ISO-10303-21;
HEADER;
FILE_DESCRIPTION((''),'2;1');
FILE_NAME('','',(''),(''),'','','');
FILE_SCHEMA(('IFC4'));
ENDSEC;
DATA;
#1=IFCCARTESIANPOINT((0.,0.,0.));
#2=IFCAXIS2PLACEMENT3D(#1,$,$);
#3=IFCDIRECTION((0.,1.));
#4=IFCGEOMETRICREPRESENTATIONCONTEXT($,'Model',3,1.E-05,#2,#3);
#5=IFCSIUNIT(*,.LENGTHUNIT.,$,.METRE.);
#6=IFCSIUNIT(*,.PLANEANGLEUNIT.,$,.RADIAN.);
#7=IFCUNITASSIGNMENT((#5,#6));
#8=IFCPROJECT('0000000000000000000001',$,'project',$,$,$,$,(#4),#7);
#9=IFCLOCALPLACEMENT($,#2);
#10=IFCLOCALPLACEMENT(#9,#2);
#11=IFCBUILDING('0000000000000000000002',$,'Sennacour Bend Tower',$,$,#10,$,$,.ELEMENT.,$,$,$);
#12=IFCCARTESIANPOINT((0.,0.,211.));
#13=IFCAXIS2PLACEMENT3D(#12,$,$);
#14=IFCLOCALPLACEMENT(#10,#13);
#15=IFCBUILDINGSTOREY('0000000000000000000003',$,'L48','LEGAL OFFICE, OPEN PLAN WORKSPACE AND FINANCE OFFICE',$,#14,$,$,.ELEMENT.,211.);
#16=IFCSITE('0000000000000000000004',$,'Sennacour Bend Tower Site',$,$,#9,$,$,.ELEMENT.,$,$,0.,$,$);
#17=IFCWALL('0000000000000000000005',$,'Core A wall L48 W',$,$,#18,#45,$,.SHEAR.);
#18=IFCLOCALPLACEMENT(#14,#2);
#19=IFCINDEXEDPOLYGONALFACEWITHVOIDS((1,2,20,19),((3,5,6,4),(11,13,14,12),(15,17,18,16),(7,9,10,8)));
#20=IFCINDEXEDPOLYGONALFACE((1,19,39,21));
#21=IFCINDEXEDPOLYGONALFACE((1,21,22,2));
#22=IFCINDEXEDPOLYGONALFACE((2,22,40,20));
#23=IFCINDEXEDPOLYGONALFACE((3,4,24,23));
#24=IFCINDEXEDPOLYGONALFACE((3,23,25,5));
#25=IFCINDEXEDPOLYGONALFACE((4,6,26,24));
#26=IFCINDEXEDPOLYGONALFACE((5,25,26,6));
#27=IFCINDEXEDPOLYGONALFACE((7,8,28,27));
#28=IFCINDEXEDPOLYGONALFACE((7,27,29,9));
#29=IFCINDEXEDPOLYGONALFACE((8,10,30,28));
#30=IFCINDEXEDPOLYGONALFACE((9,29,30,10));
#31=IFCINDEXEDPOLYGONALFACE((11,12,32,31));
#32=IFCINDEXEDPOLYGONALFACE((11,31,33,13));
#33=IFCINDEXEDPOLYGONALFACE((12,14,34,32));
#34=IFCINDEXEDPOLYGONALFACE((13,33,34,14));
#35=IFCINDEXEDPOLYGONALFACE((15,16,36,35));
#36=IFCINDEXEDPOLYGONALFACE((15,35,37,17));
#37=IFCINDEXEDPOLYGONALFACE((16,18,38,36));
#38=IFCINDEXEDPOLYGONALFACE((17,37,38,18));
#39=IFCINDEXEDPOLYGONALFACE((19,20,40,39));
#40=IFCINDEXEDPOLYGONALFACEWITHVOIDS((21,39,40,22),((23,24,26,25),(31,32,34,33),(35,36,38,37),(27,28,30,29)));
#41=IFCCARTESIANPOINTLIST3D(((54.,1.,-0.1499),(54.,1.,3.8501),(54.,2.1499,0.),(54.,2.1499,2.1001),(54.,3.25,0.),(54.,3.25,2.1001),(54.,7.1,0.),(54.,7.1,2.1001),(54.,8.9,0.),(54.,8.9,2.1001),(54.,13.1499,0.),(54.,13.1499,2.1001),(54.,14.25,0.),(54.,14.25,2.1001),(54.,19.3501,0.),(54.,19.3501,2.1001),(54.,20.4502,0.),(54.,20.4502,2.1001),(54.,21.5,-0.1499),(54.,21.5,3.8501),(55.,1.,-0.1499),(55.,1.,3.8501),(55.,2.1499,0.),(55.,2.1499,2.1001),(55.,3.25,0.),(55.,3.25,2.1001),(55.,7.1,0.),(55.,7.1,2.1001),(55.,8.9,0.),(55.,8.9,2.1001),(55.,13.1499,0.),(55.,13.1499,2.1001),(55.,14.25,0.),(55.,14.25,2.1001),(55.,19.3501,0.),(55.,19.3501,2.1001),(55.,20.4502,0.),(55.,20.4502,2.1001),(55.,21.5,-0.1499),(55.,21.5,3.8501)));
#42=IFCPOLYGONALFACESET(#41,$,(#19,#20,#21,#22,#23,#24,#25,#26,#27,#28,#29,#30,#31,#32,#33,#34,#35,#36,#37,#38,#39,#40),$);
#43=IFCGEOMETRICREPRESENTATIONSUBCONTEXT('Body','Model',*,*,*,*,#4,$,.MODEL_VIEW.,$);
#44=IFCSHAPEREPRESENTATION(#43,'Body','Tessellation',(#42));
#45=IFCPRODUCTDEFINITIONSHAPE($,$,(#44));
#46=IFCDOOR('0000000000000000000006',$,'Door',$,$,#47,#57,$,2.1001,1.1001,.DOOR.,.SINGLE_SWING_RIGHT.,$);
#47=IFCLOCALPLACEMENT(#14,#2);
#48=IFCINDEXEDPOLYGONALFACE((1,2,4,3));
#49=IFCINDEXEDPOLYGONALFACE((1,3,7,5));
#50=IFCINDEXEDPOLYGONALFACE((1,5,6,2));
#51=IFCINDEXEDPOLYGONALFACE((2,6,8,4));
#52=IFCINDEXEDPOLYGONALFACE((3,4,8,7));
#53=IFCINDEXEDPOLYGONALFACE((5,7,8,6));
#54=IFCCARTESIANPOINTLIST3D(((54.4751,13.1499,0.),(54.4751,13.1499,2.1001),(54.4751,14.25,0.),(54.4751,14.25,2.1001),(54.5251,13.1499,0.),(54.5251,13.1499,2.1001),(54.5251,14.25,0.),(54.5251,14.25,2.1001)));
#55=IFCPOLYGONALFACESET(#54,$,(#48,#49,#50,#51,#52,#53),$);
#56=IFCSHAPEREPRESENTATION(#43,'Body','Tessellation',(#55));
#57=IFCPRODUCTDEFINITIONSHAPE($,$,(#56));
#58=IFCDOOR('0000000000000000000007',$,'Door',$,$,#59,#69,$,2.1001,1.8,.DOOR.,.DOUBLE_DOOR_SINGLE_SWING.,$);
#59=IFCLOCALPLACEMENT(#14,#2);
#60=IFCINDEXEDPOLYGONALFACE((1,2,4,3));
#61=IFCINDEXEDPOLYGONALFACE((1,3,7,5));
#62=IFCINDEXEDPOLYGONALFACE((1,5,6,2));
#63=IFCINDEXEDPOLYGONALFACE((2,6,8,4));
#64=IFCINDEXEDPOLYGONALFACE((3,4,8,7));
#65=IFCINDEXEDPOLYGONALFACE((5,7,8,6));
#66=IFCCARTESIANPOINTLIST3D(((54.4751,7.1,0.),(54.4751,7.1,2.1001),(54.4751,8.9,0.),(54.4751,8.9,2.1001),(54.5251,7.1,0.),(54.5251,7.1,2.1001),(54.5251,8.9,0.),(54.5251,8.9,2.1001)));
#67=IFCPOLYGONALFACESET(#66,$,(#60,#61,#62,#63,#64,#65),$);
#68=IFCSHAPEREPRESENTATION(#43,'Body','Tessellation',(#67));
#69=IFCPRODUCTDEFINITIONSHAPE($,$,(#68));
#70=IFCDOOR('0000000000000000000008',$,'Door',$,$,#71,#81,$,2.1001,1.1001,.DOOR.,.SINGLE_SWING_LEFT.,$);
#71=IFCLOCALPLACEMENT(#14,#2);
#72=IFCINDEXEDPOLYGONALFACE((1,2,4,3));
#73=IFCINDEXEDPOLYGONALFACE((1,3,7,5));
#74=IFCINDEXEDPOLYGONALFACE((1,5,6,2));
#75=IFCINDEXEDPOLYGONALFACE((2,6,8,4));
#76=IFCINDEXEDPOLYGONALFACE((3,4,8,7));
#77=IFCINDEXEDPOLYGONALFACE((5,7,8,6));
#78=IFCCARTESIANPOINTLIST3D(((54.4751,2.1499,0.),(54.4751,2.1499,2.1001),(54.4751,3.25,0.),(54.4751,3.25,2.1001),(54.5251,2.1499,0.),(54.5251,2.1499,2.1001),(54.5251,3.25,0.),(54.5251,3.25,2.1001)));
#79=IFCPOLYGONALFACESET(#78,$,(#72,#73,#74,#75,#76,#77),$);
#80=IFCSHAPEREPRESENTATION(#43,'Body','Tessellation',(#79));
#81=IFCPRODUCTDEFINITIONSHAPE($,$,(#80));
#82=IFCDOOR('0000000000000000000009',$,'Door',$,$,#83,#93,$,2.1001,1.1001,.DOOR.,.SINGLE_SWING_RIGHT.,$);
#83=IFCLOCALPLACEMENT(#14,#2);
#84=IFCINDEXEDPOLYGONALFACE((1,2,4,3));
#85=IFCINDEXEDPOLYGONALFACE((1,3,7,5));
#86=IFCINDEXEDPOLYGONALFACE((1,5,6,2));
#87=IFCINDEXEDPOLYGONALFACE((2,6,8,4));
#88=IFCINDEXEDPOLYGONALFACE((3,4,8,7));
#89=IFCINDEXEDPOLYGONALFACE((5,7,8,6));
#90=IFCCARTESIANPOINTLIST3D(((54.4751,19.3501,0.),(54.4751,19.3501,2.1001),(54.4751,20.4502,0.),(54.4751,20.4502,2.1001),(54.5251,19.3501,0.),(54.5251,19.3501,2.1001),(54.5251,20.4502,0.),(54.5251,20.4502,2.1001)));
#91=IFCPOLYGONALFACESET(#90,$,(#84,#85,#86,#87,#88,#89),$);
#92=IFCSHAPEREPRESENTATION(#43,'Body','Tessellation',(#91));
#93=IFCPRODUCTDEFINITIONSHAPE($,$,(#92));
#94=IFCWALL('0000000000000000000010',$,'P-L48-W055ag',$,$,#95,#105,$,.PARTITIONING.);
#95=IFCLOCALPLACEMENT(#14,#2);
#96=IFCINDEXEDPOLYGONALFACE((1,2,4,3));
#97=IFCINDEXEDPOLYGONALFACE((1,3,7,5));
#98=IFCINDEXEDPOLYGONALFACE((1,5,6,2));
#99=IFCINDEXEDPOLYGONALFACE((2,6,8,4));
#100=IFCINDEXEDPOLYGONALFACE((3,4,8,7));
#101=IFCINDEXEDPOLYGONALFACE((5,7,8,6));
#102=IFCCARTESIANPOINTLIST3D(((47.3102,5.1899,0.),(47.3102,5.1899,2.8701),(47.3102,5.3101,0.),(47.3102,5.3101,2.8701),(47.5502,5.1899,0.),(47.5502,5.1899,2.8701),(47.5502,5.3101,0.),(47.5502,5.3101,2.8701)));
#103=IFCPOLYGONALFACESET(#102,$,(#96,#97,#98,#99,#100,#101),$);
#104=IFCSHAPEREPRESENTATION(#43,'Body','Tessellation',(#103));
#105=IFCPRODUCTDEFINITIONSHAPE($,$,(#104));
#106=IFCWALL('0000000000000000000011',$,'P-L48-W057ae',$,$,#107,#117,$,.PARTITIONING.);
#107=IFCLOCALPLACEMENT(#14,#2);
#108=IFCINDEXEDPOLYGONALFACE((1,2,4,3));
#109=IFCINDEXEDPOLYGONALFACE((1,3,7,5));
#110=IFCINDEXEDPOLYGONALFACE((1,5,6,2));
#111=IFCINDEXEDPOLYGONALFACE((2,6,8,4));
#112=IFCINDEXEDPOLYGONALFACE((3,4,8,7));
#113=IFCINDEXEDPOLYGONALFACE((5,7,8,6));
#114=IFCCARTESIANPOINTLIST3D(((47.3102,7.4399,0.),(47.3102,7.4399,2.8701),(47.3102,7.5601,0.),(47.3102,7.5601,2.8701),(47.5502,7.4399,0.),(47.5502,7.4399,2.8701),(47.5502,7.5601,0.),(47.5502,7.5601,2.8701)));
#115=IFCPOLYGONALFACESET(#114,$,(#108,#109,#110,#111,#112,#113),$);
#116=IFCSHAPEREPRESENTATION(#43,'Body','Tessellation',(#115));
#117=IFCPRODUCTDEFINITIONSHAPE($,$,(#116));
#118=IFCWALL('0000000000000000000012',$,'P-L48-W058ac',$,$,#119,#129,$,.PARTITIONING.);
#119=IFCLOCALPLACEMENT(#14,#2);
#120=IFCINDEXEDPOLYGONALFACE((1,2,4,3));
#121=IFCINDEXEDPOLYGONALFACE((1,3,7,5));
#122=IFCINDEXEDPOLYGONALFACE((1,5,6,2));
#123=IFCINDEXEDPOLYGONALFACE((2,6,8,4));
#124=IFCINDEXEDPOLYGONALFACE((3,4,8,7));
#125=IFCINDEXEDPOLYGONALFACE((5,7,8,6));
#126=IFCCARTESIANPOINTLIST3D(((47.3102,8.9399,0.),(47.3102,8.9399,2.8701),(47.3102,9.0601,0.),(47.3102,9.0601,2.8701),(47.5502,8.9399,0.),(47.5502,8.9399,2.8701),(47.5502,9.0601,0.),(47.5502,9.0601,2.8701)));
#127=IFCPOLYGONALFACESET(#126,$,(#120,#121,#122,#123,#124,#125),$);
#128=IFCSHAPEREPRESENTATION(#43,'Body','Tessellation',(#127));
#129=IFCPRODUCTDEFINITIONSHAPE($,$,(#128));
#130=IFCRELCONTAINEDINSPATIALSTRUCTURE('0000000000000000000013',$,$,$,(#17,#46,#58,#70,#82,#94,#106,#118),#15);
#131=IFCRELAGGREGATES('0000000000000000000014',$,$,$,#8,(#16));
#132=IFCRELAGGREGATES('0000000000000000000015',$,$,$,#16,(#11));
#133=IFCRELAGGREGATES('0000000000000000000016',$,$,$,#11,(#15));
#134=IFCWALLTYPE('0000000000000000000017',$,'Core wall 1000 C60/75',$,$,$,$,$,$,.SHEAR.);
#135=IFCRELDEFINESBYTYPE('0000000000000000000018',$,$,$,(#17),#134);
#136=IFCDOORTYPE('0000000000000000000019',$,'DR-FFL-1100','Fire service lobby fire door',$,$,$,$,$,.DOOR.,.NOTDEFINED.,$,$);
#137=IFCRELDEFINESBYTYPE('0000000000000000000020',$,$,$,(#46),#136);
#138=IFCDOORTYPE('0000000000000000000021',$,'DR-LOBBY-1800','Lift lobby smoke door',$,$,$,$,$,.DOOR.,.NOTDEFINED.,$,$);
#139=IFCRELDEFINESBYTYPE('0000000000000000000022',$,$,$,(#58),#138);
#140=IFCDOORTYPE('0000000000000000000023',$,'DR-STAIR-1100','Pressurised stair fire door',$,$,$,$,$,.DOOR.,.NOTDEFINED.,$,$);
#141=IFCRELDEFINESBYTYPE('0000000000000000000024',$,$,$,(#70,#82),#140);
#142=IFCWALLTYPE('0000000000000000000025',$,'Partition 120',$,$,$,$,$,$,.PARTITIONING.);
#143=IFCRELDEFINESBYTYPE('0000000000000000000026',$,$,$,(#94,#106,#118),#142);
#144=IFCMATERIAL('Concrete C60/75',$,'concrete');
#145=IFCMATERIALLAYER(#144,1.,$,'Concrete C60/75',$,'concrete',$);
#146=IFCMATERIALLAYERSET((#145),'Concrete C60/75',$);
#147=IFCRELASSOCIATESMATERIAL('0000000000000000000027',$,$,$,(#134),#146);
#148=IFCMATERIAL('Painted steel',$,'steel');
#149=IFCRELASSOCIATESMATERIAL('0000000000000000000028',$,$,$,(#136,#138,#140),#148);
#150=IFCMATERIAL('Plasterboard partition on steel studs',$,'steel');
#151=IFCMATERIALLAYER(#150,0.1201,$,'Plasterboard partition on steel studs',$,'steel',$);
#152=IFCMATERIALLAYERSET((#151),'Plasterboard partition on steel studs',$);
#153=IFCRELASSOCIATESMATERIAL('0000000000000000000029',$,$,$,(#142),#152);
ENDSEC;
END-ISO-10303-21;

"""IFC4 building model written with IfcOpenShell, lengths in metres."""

from ifc_helpers import new_model, si_unit, direction, frame, frame_2d, origin, place, context, subcontext, project, spatial, rectangle, extrude, material, layer, layer_set, type_object, element, fill, save


model = new_model("IFC4")

# Units and contexts
model_context = context("Model", 3, precision=1e-05, world=origin(), true_north=direction((0.0, 1.0)))
body_context = subcontext(model_context, "Body", "Model", "MODEL_VIEW")
ifc_project = project(units=[si_unit("LENGTHUNIT", "METRE"), si_unit("PLANEANGLEUNIT", "RADIAN")], contexts=[model_context])

# Site, building, storey
site_placement = place(None, origin())
site = spatial("IfcSite", under=ifc_project, at=site_placement, Name="Sennacour Bend Tower Site", CompositionType="ELEMENT", RefElevation=0.0)
building_placement = place(site_placement, origin())
building = spatial("IfcBuilding", under=site, at=building_placement, Name="Sennacour Bend Tower", CompositionType="ELEMENT")
storey_placement = place(building_placement, frame((0.0, 0.0, 211.0)))
storey = spatial("IfcBuildingStorey", under=building, at=storey_placement, Name="L48", Description="LEGAL OFFICE, OPEN PLAN WORKSPACE AND FINANCE OFFICE", CompositionType="ELEMENT", Elevation=211.0)

# Wall, openings, doors
ifc_material_1 = material(Name="Concrete C60/75", Category="concrete")
ifc_layer_1 = layer(ifc_material_1, 1.0, Name="Concrete C60/75", Category="concrete")
ifc_layer_set_1 = layer_set([ifc_layer_1], Name="Concrete C60/75")
wall_type_1 = type_object("IfcWallType", Name="Core wall 1000 C60/75", PredefinedType="SHEAR", material=ifc_layer_set_1)
wall_1_placement = place(storey_placement, frame((54.5, 1.0, -0.1499), z_axis=(0.0, 0.0, 1.0), x_axis=(0.0, 1.0, 0.0)))
wall_1 = element("IfcWall", 1, at=wall_1_placement, inside=storey, type_object=wall_type_1, Name="Core A wall L48 W", PredefinedType="SHEAR", context=body_context, shape_type="SweptSolid", body=[
    extrude(rectangle(XDim=20.5, YDim=1.0, at=frame_2d((10.25, 0.0))), origin(), (0.0, 0.0, 1.0), 4.0),
])
opening_1_placement = place(wall_1_placement, frame((6.1001, 0.0, 0.1499)))
opening_1 = element("IfcOpeningElement", 2, at=opening_1_placement, cuts=wall_1, PredefinedType="OPENING", context=body_context, shape_type="SweptSolid", body=[
    extrude(rectangle(XDim=1.8, YDim=2.1001, at=frame_2d((0.8999, 1.05))), frame((0.0, 0.51, 0.0), z_axis=(0.0, -1.0, 0.0), x_axis=(1.0, 0.0, 0.0)), (0.0, 0.0, 1.0), 1.02),
])
opening_2_placement = place(wall_1_placement, frame((12.1499, 0.0, 0.1499)))
opening_2 = element("IfcOpeningElement", 3, at=opening_2_placement, cuts=wall_1, PredefinedType="OPENING", context=body_context, shape_type="SweptSolid", body=[
    extrude(rectangle(XDim=1.1001, YDim=2.1001, at=frame_2d((0.55, 1.05))), frame((0.0, 0.51, 0.0), z_axis=(0.0, -1.0, 0.0), x_axis=(1.0, 0.0, 0.0)), (0.0, 0.0, 1.0), 1.02),
])
opening_3_placement = place(wall_1_placement, frame((1.1499, 0.0, 0.1499)))
opening_3 = element("IfcOpeningElement", 4, at=opening_3_placement, cuts=wall_1, PredefinedType="OPENING", context=body_context, shape_type="SweptSolid", body=[
    extrude(rectangle(XDim=1.1001, YDim=2.1001, at=frame_2d((0.55, 1.05))), frame((0.0, 0.51, 0.0), z_axis=(0.0, -1.0, 0.0), x_axis=(1.0, 0.0, 0.0)), (0.0, 0.0, 1.0), 1.02),
])
opening_4_placement = place(wall_1_placement, frame((18.3501, 0.0, 0.1499)))
opening_4 = element("IfcOpeningElement", 5, at=opening_4_placement, cuts=wall_1, PredefinedType="OPENING", context=body_context, shape_type="SweptSolid", body=[
    extrude(rectangle(XDim=1.1001, YDim=2.1001, at=frame_2d((0.55, 1.05))), frame((0.0, 0.51, 0.0), z_axis=(0.0, -1.0, 0.0), x_axis=(1.0, 0.0, 0.0)), (0.0, 0.0, 1.0), 1.02),
])
ifc_material_2 = material(Name="Painted steel", Category="steel")
door_type_1 = type_object("IfcDoorType", Name="DR-FFL-1100", Description="Fire service lobby fire door", OperationType="NOTDEFINED", PredefinedType="DOOR", material=ifc_material_2)
door_1_placement = place(opening_2_placement, origin())
door_1 = element("IfcDoor", 6, at=door_1_placement, inside=storey, type_object=door_type_1, Name="Door", OperationType="SINGLE_SWING_RIGHT", OverallHeight=2.1001, OverallWidth=1.1001, PredefinedType="DOOR", context=body_context, shape_type="SweptSolid", body=[
    extrude(rectangle(XDim=1.1001, YDim=2.1001, at=frame_2d((0.55, 1.05))), frame((0.0, 0.0249, 0.0), z_axis=(0.0, -1.0, 0.0), x_axis=(1.0, 0.0, 0.0)), (0.0, 0.0, 1.0), 0.05),
])
fill(opening_2, door_1)
door_type_2 = type_object("IfcDoorType", Name="DR-LOBBY-1800", Description="Lift lobby smoke door", OperationType="NOTDEFINED", PredefinedType="DOOR", material=ifc_material_2)
door_2_placement = place(opening_1_placement, origin())
door_2 = element("IfcDoor", 7, at=door_2_placement, inside=storey, type_object=door_type_2, Name="Door", OperationType="DOUBLE_DOOR_SINGLE_SWING", OverallHeight=2.1001, OverallWidth=1.8, PredefinedType="DOOR", context=body_context, shape_type="SweptSolid", body=[
    extrude(rectangle(XDim=1.8, YDim=2.1001, at=frame_2d((0.8999, 1.05))), frame((0.0, 0.0249, 0.0), z_axis=(0.0, -1.0, 0.0), x_axis=(1.0, 0.0, 0.0)), (0.0, 0.0, 1.0), 0.05),
])
fill(opening_1, door_2)
door_type_3 = type_object("IfcDoorType", Name="DR-STAIR-1100", Description="Pressurised stair fire door", OperationType="NOTDEFINED", PredefinedType="DOOR", material=ifc_material_2)
door_3_placement = place(opening_3_placement, origin())
door_3 = element("IfcDoor", 8, at=door_3_placement, inside=storey, type_object=door_type_3, Name="Door", OperationType="SINGLE_SWING_LEFT", OverallHeight=2.1001, OverallWidth=1.1001, PredefinedType="DOOR", context=body_context, shape_type="SweptSolid", body=[
    extrude(rectangle(XDim=1.1001, YDim=2.1001, at=frame_2d((0.55, 1.05))), frame((0.0, 0.0249, 0.0), z_axis=(0.0, -1.0, 0.0), x_axis=(1.0, 0.0, 0.0)), (0.0, 0.0, 1.0), 0.05),
])
fill(opening_3, door_3)
door_4_placement = place(opening_4_placement, origin())
door_4 = element("IfcDoor", 9, at=door_4_placement, inside=storey, type_object=door_type_3, Name="Door", OperationType="SINGLE_SWING_RIGHT", OverallHeight=2.1001, OverallWidth=1.1001, PredefinedType="DOOR", context=body_context, shape_type="SweptSolid", body=[
    extrude(rectangle(XDim=1.1001, YDim=2.1001, at=frame_2d((0.55, 1.05))), frame((0.0, 0.0249, 0.0), z_axis=(0.0, -1.0, 0.0), x_axis=(1.0, 0.0, 0.0)), (0.0, 0.0, 1.0), 0.05),
])
fill(opening_4, door_4)

# Walls
ifc_material_3 = material(Name="Plasterboard partition on steel studs", Category="steel")
ifc_layer_2 = layer(ifc_material_3, 0.1201, Name="Plasterboard partition on steel studs", Category="steel")
ifc_layer_set_2 = layer_set([ifc_layer_2], Name="Plasterboard partition on steel studs")
wall_type_2 = type_object("IfcWallType", Name="Partition 120", PredefinedType="PARTITIONING", material=ifc_layer_set_2)
for number, where, z_axis, x_axis, name in (
    (10, (47.3101, 5.25, 0.0), (0.0, 0.0, 1.0), (1.0, 0.0, 0.0), "P-L48-W055ag"),
    (11, (47.3101, 7.5, 0.0), (0.0, 0.0, 1.0), (1.0, 0.0, 0.0), "P-L48-W057ae"),
    (12, (47.3101, 9.0, 0.0), (0.0, 0.0, 1.0), (1.0, 0.0, 0.0), "P-L48-W058ac"),
):
    element("IfcWall", number, at=place(storey_placement, frame(where, z_axis=z_axis, x_axis=x_axis)), inside=storey, type_object=wall_type_2, Name=name, PredefinedType="PARTITIONING", context=body_context, shape_type="SweptSolid", body=[
        extrude(rectangle(XDim=0.24, YDim=0.1201, at=frame_2d((0.1201, 0.0))), origin(), (0.0, 0.0, 1.0), 2.8701),
    ])

save(model, "model.ifc")
